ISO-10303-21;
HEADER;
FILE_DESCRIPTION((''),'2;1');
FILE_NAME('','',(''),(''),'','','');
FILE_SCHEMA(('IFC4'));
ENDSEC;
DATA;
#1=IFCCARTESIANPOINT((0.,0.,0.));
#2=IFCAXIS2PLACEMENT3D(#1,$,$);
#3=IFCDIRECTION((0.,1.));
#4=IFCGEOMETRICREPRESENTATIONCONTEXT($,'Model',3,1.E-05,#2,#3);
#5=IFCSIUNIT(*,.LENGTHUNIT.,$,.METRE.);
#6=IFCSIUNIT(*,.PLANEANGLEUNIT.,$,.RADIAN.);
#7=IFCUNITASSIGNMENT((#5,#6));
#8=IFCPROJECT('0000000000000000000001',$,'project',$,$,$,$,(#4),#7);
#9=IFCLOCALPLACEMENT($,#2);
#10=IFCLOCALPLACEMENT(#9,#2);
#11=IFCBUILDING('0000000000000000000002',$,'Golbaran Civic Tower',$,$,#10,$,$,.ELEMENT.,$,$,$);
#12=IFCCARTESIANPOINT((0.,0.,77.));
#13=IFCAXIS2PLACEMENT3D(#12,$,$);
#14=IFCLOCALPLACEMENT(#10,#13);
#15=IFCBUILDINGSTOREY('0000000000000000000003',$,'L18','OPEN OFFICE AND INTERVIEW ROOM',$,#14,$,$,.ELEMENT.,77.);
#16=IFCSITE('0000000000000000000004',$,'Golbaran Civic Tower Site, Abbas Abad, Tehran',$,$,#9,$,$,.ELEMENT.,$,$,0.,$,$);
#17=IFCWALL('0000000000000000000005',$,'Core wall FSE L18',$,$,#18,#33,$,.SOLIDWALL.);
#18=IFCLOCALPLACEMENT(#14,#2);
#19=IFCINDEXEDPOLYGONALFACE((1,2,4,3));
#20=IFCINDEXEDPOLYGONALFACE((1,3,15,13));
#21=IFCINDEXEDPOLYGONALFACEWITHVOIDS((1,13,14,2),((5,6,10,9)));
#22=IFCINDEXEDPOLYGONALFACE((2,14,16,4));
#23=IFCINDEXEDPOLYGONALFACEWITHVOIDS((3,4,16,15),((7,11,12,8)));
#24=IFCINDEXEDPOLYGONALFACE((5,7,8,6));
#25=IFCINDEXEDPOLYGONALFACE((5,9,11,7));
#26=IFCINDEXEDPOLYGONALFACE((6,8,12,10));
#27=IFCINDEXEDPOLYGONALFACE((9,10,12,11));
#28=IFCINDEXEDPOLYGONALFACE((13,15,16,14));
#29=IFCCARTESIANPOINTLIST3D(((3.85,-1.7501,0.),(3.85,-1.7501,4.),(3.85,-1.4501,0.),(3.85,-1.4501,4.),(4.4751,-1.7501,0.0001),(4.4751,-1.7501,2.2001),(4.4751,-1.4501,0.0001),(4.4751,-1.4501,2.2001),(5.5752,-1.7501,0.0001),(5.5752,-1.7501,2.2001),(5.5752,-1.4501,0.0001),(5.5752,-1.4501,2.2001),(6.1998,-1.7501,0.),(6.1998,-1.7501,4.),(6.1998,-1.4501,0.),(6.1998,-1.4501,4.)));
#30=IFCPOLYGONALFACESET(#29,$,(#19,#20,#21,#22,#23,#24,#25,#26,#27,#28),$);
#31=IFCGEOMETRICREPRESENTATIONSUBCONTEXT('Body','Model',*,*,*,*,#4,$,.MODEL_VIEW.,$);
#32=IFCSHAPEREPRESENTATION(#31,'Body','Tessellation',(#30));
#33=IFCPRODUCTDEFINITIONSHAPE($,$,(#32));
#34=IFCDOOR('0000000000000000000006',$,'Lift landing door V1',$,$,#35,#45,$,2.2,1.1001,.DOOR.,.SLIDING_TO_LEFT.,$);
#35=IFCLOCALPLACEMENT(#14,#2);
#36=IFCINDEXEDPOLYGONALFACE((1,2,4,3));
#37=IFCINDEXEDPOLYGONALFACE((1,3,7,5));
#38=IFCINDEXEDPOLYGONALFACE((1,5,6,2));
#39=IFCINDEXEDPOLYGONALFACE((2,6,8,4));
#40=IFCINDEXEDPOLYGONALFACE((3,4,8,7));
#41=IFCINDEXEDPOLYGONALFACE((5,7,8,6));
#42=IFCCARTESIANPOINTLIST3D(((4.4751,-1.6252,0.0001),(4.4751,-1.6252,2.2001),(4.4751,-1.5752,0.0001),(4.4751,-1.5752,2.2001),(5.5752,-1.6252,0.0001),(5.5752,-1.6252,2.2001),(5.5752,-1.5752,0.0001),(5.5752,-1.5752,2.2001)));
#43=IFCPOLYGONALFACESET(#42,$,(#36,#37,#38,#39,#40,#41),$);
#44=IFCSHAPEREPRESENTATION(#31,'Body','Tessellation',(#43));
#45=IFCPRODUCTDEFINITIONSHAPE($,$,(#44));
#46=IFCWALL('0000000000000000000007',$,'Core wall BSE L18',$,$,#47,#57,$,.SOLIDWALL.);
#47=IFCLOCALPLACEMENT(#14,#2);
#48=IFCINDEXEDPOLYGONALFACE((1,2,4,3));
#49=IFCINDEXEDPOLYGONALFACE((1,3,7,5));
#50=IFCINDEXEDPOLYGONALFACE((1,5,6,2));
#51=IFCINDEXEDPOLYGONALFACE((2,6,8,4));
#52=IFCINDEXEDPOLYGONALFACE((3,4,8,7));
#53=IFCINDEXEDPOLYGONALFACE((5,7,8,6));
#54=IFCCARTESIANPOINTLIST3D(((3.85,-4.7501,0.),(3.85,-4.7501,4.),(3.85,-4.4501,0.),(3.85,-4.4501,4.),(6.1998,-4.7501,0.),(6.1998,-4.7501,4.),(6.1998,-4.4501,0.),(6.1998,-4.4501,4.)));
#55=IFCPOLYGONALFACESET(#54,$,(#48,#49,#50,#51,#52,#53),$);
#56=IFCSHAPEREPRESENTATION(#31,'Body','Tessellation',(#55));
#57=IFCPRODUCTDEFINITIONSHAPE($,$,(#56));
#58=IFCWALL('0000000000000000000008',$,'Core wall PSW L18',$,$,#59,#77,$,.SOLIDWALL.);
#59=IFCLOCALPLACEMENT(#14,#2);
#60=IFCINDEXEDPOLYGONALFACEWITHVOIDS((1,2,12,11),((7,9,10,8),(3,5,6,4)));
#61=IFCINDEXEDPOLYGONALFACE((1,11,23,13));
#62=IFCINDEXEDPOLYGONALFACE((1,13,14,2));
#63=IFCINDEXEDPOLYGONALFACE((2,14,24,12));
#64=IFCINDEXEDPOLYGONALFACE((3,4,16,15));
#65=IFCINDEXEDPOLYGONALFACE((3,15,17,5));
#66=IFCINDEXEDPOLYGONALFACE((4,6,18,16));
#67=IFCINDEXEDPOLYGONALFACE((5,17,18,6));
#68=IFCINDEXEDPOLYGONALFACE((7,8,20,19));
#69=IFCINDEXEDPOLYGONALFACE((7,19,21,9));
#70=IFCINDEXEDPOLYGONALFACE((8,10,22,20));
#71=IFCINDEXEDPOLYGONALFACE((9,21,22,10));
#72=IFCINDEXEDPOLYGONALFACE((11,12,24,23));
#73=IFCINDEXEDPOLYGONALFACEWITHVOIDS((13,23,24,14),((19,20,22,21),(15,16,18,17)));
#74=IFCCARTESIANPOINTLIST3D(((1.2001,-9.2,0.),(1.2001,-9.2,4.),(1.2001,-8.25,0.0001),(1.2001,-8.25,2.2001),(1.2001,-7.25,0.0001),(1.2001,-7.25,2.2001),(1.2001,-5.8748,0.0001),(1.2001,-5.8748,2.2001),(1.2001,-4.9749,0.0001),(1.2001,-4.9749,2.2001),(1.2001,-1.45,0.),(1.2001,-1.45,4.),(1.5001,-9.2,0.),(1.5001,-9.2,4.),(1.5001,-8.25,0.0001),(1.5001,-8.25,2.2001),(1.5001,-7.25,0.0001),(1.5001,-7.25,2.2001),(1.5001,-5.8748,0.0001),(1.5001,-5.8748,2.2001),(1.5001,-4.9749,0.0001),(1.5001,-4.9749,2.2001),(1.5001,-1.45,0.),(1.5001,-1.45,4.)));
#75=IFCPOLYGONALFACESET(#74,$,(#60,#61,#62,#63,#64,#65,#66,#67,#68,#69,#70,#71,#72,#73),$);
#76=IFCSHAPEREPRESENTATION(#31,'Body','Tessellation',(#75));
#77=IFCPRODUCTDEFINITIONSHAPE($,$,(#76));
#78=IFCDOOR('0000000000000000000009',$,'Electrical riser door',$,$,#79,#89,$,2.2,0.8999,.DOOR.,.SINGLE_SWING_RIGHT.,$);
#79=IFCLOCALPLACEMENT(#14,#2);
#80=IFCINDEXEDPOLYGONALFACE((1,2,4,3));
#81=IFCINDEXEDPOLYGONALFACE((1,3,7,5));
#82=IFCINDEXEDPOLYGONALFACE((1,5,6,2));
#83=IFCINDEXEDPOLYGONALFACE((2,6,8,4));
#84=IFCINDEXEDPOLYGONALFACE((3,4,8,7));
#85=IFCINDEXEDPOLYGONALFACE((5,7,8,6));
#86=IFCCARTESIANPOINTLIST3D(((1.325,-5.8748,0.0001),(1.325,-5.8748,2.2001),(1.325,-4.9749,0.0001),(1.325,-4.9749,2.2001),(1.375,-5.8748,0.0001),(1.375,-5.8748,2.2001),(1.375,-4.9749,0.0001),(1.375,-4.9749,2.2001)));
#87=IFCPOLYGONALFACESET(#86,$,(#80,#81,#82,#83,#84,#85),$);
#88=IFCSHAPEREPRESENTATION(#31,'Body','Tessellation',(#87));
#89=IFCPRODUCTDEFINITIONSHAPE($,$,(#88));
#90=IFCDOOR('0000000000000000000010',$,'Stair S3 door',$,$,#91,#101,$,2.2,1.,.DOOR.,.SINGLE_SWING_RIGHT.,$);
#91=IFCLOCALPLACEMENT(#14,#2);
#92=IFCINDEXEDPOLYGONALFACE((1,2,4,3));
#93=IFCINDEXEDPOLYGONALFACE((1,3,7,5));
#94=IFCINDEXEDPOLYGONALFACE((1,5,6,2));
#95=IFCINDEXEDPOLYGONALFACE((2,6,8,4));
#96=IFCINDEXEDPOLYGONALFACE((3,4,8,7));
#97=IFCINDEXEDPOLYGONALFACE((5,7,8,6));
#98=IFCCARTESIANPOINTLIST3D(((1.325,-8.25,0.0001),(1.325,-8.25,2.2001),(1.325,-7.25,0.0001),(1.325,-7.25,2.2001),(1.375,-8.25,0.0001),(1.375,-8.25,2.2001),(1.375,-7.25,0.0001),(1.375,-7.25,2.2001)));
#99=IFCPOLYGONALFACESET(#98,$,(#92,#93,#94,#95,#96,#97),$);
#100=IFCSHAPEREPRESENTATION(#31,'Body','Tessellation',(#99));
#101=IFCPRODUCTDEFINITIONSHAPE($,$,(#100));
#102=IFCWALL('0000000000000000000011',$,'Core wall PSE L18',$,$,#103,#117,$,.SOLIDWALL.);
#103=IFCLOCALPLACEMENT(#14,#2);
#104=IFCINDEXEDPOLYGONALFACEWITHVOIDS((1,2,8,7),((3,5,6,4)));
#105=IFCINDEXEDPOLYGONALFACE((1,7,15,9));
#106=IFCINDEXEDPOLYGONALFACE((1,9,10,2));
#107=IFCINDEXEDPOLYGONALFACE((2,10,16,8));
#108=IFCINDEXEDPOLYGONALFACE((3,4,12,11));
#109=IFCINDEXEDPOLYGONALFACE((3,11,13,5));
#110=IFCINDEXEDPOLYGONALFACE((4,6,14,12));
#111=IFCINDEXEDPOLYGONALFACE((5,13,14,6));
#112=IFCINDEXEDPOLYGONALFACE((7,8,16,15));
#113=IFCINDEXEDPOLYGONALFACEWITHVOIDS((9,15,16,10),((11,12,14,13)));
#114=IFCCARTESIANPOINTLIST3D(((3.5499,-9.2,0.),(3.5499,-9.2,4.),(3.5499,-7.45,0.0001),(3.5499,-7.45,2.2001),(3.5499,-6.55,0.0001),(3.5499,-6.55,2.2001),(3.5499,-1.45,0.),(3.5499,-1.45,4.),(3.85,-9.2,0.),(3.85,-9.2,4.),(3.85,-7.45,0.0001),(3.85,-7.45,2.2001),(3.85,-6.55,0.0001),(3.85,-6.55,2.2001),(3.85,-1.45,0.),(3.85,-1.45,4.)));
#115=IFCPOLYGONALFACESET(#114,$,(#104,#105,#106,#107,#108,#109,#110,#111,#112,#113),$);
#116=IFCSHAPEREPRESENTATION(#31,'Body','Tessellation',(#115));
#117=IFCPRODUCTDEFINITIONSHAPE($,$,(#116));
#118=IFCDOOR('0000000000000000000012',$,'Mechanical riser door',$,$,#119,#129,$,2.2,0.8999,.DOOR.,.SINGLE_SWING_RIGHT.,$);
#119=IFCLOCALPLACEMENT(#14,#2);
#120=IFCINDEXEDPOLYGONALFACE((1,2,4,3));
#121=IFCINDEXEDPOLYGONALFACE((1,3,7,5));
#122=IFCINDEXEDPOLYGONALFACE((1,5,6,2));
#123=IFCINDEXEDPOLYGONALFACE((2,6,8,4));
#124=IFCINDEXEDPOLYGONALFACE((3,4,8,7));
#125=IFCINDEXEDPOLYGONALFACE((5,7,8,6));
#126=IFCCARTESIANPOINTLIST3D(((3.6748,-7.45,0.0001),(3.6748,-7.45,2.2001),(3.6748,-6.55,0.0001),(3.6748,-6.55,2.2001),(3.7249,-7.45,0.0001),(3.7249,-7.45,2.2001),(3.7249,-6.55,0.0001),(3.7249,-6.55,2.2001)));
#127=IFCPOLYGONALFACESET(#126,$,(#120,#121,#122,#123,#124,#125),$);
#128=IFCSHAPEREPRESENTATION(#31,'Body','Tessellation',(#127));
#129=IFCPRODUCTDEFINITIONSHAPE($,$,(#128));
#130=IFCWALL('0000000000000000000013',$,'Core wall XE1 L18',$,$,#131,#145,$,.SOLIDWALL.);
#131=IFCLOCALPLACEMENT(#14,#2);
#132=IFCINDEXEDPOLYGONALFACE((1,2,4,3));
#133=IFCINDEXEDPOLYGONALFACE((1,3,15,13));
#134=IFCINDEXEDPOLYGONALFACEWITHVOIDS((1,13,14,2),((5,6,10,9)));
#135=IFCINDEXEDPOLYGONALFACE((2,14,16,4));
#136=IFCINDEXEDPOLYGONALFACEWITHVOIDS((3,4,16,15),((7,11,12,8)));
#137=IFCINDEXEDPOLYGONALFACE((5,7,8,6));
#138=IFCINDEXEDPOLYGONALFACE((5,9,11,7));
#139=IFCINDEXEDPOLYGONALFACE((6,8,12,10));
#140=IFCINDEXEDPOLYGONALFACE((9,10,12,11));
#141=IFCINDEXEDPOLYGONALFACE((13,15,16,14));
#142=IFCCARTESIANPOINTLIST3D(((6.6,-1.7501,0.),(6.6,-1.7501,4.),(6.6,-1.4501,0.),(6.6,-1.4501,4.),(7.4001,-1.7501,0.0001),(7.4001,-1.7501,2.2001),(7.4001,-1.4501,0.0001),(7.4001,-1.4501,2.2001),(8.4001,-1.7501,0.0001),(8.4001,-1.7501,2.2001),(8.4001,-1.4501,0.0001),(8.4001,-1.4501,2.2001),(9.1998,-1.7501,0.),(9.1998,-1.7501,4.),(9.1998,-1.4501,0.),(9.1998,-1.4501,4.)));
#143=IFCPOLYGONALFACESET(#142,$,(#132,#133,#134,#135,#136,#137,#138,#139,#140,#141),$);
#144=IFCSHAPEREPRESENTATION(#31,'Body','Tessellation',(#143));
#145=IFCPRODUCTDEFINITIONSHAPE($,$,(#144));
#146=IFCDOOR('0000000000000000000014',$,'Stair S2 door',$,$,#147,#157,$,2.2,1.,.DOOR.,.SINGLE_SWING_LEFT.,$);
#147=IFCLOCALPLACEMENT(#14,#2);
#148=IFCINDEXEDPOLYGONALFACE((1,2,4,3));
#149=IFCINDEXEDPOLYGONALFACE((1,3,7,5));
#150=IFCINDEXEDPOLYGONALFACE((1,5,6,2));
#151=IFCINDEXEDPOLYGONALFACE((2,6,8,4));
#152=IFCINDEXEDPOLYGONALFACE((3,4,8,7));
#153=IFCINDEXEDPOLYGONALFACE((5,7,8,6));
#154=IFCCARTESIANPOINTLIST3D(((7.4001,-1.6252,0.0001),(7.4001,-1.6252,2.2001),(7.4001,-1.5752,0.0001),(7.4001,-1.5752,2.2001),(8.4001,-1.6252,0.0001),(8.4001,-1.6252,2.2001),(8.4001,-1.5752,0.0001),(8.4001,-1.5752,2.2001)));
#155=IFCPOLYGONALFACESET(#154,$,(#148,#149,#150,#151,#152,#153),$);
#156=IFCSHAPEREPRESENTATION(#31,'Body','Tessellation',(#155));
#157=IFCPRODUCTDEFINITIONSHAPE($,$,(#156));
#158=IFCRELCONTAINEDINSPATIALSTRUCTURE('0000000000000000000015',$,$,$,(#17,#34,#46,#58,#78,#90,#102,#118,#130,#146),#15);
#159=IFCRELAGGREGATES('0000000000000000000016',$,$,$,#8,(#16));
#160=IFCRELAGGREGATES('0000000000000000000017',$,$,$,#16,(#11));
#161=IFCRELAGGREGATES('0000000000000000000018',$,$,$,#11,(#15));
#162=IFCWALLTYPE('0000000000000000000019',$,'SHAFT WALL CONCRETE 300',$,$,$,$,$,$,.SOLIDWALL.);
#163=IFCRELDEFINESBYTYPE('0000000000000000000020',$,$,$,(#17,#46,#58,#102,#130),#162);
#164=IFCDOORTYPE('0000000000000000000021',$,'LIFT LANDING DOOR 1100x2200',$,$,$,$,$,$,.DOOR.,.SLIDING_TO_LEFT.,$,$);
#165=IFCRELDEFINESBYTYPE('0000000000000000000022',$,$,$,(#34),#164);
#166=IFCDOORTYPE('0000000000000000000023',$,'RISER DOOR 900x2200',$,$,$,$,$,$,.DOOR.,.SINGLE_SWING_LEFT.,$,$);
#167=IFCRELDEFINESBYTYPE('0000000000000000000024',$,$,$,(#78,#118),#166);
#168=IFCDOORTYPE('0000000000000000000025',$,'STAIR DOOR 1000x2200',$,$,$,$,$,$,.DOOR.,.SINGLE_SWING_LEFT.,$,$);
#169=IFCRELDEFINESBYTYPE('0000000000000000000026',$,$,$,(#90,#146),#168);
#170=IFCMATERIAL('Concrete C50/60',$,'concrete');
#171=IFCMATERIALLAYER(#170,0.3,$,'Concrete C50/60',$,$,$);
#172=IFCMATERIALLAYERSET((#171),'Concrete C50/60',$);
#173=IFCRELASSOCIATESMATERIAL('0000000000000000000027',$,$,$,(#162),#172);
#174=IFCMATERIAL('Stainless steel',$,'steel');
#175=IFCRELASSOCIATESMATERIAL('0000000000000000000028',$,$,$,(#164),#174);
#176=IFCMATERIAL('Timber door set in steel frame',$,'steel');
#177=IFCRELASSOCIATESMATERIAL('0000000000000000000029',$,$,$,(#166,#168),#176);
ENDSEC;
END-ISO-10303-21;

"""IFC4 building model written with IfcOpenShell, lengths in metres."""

from ifc_helpers import new_model, si_unit, direction, frame, frame_2d, origin, place, context, subcontext, project, spatial, rectangle, extrude, material, layer, layer_set, type_object, element, fill, save


model = new_model("IFC4")

# Units and contexts
model_context = context("Model", 3, precision=1e-05, world=origin(), true_north=direction((0.0, 1.0)))
body_context = subcontext(model_context, "Body", "Model", "MODEL_VIEW")
ifc_project = project(units=[si_unit("LENGTHUNIT", "METRE"), si_unit("PLANEANGLEUNIT", "RADIAN")], contexts=[model_context])

# Site, building, storey
site_placement = place(None, origin())
site = spatial("IfcSite", under=ifc_project, at=site_placement, Name="Golbaran Civic Tower Site, Abbas Abad, Tehran", CompositionType="ELEMENT", RefElevation=0.0)
building_placement = place(site_placement, origin())
building = spatial("IfcBuilding", under=site, at=building_placement, Name="Golbaran Civic Tower", CompositionType="ELEMENT")
storey_placement = place(building_placement, frame((0.0, 0.0, 77.0)))
storey = spatial("IfcBuildingStorey", under=building, at=storey_placement, Name="L18", Description="OPEN OFFICE AND INTERVIEW ROOM", CompositionType="ELEMENT", Elevation=77.0)

# Shared definitions
ifc_material_1 = material(Name="Timber door set in steel frame", Category="steel")

# Wall, opening, door
ifc_material_2 = material(Name="Concrete C50/60", Category="concrete")
ifc_layer_1 = layer(ifc_material_2, 0.3, Name="Concrete C50/60")
ifc_layer_set_1 = layer_set([ifc_layer_1], Name="Concrete C50/60")
wall_type_1 = type_object("IfcWallType", Name="SHAFT WALL CONCRETE 300", PredefinedType="SOLIDWALL", material=ifc_layer_set_1)
wall_1_placement = place(storey_placement, frame((3.8501, -1.6001, 0.0), z_axis=(0.0, 0.0, 1.0), x_axis=(1.0, 0.0, 0.0)))
wall_1 = element("IfcWall", 1, at=wall_1_placement, inside=storey, type_object=wall_type_1, Name="Core wall FSE L18", PredefinedType="SOLIDWALL", context=body_context, shape_type="SweptSolid", body=[
    extrude(rectangle(XDim=2.3499, YDim=0.3, at=frame_2d((1.1748, 0.0))), origin(), (0.0, 0.0, 1.0), 4.0),
])
opening_1_placement = place(wall_1_placement, frame((0.625, 0.0, 0.0)))
opening_1 = element("IfcOpeningElement", 2, at=opening_1_placement, cuts=wall_1, PredefinedType="OPENING", context=body_context, shape_type="SweptSolid", body=[
    extrude(rectangle(XDim=1.1001, YDim=2.2, at=frame_2d((0.55, 1.1001))), frame((0.0, 0.1599, 0.0), z_axis=(0.0, -1.0, 0.0), x_axis=(1.0, 0.0, 0.0)), (0.0, 0.0, 1.0), 0.3201),
])
ifc_material_3 = material(Name="Stainless steel", Category="steel")
door_type_1 = type_object("IfcDoorType", Name="LIFT LANDING DOOR 1100x2200", OperationType="SLIDING_TO_LEFT", PredefinedType="DOOR", material=ifc_material_3)
door_1_placement = place(opening_1_placement, origin())
door_1 = element("IfcDoor", 3, at=door_1_placement, inside=storey, type_object=door_type_1, Name="Lift landing door V1", OperationType="SLIDING_TO_LEFT", OverallHeight=2.2, OverallWidth=1.1001, PredefinedType="DOOR", context=body_context, shape_type="SweptSolid", body=[
    extrude(rectangle(XDim=1.1001, YDim=2.2, at=frame_2d((0.55, 1.1001))), frame((0.0, 0.0249, 0.0), z_axis=(0.0, -1.0, 0.0), x_axis=(1.0, 0.0, 0.0)), (0.0, 0.0, 1.0), 0.05),
])
fill(opening_1, door_1)

# Wall
wall_2_placement = place(storey_placement, frame((3.8501, -4.6001, 0.0), z_axis=(0.0, 0.0, 1.0), x_axis=(1.0, 0.0, 0.0)))
element("IfcWall", 4, at=wall_2_placement, inside=storey, type_object=wall_type_1, Name="Core wall BSE L18", PredefinedType="SOLIDWALL", context=body_context, shape_type="SweptSolid", body=[
    extrude(rectangle(XDim=2.3499, YDim=0.3, at=frame_2d((1.1748, 0.0))), origin(), (0.0, 0.0, 1.0), 4.0),
])

# Wall, openings, doors
wall_3_placement = place(storey_placement, frame((1.3501, -1.45, 0.0), z_axis=(0.0, 0.0, 1.0), x_axis=(0.0, -1.0, 0.0)))
wall_3 = element("IfcWall", 5, at=wall_3_placement, inside=storey, type_object=wall_type_1, Name="Core wall PSW L18", PredefinedType="SOLIDWALL", context=body_context, shape_type="SweptSolid", body=[
    extrude(rectangle(XDim=7.75, YDim=0.3, at=frame_2d((3.875, 0.0))), origin(), (0.0, 0.0, 1.0), 4.0),
])
opening_2_placement = place(wall_3_placement, frame((5.8, 0.0, 0.0)))
opening_2 = element("IfcOpeningElement", 6, at=opening_2_placement, cuts=wall_3, PredefinedType="OPENING", context=body_context, shape_type="SweptSolid", body=[
    extrude(rectangle(XDim=1.0, YDim=2.2, at=frame_2d((0.5, 1.1001))), frame((0.0, 0.1599, 0.0), z_axis=(0.0, -1.0, 0.0), x_axis=(1.0, 0.0, 0.0)), (0.0, 0.0, 1.0), 0.3201),
])
opening_3_placement = place(wall_3_placement, frame((3.5249, 0.0, 0.0)))
opening_3 = element("IfcOpeningElement", 7, at=opening_3_placement, cuts=wall_3, PredefinedType="OPENING", context=body_context, shape_type="SweptSolid", body=[
    extrude(rectangle(XDim=0.8999, YDim=2.2, at=frame_2d((0.45, 1.1001))), frame((0.0, 0.1599, 0.0), z_axis=(0.0, -1.0, 0.0), x_axis=(1.0, 0.0, 0.0)), (0.0, 0.0, 1.0), 0.3201),
])
door_type_2 = type_object("IfcDoorType", Name="RISER DOOR 900x2200", OperationType="SINGLE_SWING_LEFT", PredefinedType="DOOR", material=ifc_material_1)
door_2_placement = place(opening_3_placement, origin())
door_2 = element("IfcDoor", 8, at=door_2_placement, inside=storey, type_object=door_type_2, Name="Electrical riser door", OperationType="SINGLE_SWING_RIGHT", OverallHeight=2.2, OverallWidth=0.8999, PredefinedType="DOOR", context=body_context, shape_type="SweptSolid", body=[
    extrude(rectangle(XDim=0.8999, YDim=2.2, at=frame_2d((0.45, 1.1001))), frame((0.0, 0.0249, 0.0), z_axis=(0.0, -1.0, 0.0), x_axis=(1.0, 0.0, 0.0)), (0.0, 0.0, 1.0), 0.05),
])
fill(opening_3, door_2)
door_type_3 = type_object("IfcDoorType", Name="STAIR DOOR 1000x2200", OperationType="SINGLE_SWING_LEFT", PredefinedType="DOOR", material=ifc_material_1)
door_3_placement = place(opening_2_placement, origin())
door_3 = element("IfcDoor", 9, at=door_3_placement, inside=storey, type_object=door_type_3, Name="Stair S3 door", OperationType="SINGLE_SWING_RIGHT", OverallHeight=2.2, OverallWidth=1.0, PredefinedType="DOOR", context=body_context, shape_type="SweptSolid", body=[
    extrude(rectangle(XDim=1.0, YDim=2.2, at=frame_2d((0.5, 1.1001))), frame((0.0, 0.0249, 0.0), z_axis=(0.0, -1.0, 0.0), x_axis=(1.0, 0.0, 0.0)), (0.0, 0.0, 1.0), 0.05),
])
fill(opening_2, door_3)

# Walls, openings, doors
wall_4_placement = place(storey_placement, frame((3.7, -1.45, 0.0), z_axis=(0.0, 0.0, 1.0), x_axis=(0.0, -1.0, 0.0)))
wall_4 = element("IfcWall", 10, at=wall_4_placement, inside=storey, type_object=wall_type_1, Name="Core wall PSE L18", PredefinedType="SOLIDWALL", context=body_context, shape_type="SweptSolid", body=[
    extrude(rectangle(XDim=7.75, YDim=0.3, at=frame_2d((3.875, 0.0))), origin(), (0.0, 0.0, 1.0), 4.0),
])
opening_4_placement = place(wall_4_placement, frame((5.1001, 0.0, 0.0)))
opening_4 = element("IfcOpeningElement", 11, at=opening_4_placement, cuts=wall_4, PredefinedType="OPENING", context=body_context, shape_type="SweptSolid", body=[
    extrude(rectangle(XDim=0.8999, YDim=2.2, at=frame_2d((0.45, 1.1001))), frame((0.0, 0.1599, 0.0), z_axis=(0.0, -1.0, 0.0), x_axis=(1.0, 0.0, 0.0)), (0.0, 0.0, 1.0), 0.3201),
])
door_4_placement = place(opening_4_placement, origin())
door_4 = element("IfcDoor", 12, at=door_4_placement, inside=storey, type_object=door_type_2, Name="Mechanical riser door", OperationType="SINGLE_SWING_RIGHT", OverallHeight=2.2, OverallWidth=0.8999, PredefinedType="DOOR", context=body_context, shape_type="SweptSolid", body=[
    extrude(rectangle(XDim=0.8999, YDim=2.2, at=frame_2d((0.45, 1.1001))), frame((0.0, 0.0249, 0.0), z_axis=(0.0, -1.0, 0.0), x_axis=(1.0, 0.0, 0.0)), (0.0, 0.0, 1.0), 0.05),
])
fill(opening_4, door_4)
wall_5_placement = place(storey_placement, frame((6.6001, -1.6001, 0.0), z_axis=(0.0, 0.0, 1.0), x_axis=(1.0, 0.0, 0.0)))
wall_5 = element("IfcWall", 13, at=wall_5_placement, inside=storey, type_object=wall_type_1, Name="Core wall XE1 L18", PredefinedType="SOLIDWALL", context=body_context, shape_type="SweptSolid", body=[
    extrude(rectangle(XDim=2.5999, YDim=0.3, at=frame_2d((1.2998, 0.0))), origin(), (0.0, 0.0, 1.0), 4.0),
])
opening_5_placement = place(wall_5_placement, frame((0.8, 0.0, 0.0)))
opening_5 = element("IfcOpeningElement", 14, at=opening_5_placement, cuts=wall_5, PredefinedType="OPENING", context=body_context, shape_type="SweptSolid", body=[
    extrude(rectangle(XDim=1.0, YDim=2.2, at=frame_2d((0.5, 1.1001))), frame((0.0, 0.1599, 0.0), z_axis=(0.0, -1.0, 0.0), x_axis=(1.0, 0.0, 0.0)), (0.0, 0.0, 1.0), 0.3201),
])
door_5_placement = place(opening_5_placement, origin())
door_5 = element("IfcDoor", 15, at=door_5_placement, inside=storey, type_object=door_type_3, Name="Stair S2 door", OperationType="SINGLE_SWING_LEFT", OverallHeight=2.2, OverallWidth=1.0, PredefinedType="DOOR", context=body_context, shape_type="SweptSolid", body=[
    extrude(rectangle(XDim=1.0, YDim=2.2, at=frame_2d((0.5, 1.1001))), frame((0.0, 0.0249, 0.0), z_axis=(0.0, -1.0, 0.0), x_axis=(1.0, 0.0, 0.0)), (0.0, 0.0, 1.0), 0.05),
])
fill(opening_5, door_5)

save(model, "model.ifc")
